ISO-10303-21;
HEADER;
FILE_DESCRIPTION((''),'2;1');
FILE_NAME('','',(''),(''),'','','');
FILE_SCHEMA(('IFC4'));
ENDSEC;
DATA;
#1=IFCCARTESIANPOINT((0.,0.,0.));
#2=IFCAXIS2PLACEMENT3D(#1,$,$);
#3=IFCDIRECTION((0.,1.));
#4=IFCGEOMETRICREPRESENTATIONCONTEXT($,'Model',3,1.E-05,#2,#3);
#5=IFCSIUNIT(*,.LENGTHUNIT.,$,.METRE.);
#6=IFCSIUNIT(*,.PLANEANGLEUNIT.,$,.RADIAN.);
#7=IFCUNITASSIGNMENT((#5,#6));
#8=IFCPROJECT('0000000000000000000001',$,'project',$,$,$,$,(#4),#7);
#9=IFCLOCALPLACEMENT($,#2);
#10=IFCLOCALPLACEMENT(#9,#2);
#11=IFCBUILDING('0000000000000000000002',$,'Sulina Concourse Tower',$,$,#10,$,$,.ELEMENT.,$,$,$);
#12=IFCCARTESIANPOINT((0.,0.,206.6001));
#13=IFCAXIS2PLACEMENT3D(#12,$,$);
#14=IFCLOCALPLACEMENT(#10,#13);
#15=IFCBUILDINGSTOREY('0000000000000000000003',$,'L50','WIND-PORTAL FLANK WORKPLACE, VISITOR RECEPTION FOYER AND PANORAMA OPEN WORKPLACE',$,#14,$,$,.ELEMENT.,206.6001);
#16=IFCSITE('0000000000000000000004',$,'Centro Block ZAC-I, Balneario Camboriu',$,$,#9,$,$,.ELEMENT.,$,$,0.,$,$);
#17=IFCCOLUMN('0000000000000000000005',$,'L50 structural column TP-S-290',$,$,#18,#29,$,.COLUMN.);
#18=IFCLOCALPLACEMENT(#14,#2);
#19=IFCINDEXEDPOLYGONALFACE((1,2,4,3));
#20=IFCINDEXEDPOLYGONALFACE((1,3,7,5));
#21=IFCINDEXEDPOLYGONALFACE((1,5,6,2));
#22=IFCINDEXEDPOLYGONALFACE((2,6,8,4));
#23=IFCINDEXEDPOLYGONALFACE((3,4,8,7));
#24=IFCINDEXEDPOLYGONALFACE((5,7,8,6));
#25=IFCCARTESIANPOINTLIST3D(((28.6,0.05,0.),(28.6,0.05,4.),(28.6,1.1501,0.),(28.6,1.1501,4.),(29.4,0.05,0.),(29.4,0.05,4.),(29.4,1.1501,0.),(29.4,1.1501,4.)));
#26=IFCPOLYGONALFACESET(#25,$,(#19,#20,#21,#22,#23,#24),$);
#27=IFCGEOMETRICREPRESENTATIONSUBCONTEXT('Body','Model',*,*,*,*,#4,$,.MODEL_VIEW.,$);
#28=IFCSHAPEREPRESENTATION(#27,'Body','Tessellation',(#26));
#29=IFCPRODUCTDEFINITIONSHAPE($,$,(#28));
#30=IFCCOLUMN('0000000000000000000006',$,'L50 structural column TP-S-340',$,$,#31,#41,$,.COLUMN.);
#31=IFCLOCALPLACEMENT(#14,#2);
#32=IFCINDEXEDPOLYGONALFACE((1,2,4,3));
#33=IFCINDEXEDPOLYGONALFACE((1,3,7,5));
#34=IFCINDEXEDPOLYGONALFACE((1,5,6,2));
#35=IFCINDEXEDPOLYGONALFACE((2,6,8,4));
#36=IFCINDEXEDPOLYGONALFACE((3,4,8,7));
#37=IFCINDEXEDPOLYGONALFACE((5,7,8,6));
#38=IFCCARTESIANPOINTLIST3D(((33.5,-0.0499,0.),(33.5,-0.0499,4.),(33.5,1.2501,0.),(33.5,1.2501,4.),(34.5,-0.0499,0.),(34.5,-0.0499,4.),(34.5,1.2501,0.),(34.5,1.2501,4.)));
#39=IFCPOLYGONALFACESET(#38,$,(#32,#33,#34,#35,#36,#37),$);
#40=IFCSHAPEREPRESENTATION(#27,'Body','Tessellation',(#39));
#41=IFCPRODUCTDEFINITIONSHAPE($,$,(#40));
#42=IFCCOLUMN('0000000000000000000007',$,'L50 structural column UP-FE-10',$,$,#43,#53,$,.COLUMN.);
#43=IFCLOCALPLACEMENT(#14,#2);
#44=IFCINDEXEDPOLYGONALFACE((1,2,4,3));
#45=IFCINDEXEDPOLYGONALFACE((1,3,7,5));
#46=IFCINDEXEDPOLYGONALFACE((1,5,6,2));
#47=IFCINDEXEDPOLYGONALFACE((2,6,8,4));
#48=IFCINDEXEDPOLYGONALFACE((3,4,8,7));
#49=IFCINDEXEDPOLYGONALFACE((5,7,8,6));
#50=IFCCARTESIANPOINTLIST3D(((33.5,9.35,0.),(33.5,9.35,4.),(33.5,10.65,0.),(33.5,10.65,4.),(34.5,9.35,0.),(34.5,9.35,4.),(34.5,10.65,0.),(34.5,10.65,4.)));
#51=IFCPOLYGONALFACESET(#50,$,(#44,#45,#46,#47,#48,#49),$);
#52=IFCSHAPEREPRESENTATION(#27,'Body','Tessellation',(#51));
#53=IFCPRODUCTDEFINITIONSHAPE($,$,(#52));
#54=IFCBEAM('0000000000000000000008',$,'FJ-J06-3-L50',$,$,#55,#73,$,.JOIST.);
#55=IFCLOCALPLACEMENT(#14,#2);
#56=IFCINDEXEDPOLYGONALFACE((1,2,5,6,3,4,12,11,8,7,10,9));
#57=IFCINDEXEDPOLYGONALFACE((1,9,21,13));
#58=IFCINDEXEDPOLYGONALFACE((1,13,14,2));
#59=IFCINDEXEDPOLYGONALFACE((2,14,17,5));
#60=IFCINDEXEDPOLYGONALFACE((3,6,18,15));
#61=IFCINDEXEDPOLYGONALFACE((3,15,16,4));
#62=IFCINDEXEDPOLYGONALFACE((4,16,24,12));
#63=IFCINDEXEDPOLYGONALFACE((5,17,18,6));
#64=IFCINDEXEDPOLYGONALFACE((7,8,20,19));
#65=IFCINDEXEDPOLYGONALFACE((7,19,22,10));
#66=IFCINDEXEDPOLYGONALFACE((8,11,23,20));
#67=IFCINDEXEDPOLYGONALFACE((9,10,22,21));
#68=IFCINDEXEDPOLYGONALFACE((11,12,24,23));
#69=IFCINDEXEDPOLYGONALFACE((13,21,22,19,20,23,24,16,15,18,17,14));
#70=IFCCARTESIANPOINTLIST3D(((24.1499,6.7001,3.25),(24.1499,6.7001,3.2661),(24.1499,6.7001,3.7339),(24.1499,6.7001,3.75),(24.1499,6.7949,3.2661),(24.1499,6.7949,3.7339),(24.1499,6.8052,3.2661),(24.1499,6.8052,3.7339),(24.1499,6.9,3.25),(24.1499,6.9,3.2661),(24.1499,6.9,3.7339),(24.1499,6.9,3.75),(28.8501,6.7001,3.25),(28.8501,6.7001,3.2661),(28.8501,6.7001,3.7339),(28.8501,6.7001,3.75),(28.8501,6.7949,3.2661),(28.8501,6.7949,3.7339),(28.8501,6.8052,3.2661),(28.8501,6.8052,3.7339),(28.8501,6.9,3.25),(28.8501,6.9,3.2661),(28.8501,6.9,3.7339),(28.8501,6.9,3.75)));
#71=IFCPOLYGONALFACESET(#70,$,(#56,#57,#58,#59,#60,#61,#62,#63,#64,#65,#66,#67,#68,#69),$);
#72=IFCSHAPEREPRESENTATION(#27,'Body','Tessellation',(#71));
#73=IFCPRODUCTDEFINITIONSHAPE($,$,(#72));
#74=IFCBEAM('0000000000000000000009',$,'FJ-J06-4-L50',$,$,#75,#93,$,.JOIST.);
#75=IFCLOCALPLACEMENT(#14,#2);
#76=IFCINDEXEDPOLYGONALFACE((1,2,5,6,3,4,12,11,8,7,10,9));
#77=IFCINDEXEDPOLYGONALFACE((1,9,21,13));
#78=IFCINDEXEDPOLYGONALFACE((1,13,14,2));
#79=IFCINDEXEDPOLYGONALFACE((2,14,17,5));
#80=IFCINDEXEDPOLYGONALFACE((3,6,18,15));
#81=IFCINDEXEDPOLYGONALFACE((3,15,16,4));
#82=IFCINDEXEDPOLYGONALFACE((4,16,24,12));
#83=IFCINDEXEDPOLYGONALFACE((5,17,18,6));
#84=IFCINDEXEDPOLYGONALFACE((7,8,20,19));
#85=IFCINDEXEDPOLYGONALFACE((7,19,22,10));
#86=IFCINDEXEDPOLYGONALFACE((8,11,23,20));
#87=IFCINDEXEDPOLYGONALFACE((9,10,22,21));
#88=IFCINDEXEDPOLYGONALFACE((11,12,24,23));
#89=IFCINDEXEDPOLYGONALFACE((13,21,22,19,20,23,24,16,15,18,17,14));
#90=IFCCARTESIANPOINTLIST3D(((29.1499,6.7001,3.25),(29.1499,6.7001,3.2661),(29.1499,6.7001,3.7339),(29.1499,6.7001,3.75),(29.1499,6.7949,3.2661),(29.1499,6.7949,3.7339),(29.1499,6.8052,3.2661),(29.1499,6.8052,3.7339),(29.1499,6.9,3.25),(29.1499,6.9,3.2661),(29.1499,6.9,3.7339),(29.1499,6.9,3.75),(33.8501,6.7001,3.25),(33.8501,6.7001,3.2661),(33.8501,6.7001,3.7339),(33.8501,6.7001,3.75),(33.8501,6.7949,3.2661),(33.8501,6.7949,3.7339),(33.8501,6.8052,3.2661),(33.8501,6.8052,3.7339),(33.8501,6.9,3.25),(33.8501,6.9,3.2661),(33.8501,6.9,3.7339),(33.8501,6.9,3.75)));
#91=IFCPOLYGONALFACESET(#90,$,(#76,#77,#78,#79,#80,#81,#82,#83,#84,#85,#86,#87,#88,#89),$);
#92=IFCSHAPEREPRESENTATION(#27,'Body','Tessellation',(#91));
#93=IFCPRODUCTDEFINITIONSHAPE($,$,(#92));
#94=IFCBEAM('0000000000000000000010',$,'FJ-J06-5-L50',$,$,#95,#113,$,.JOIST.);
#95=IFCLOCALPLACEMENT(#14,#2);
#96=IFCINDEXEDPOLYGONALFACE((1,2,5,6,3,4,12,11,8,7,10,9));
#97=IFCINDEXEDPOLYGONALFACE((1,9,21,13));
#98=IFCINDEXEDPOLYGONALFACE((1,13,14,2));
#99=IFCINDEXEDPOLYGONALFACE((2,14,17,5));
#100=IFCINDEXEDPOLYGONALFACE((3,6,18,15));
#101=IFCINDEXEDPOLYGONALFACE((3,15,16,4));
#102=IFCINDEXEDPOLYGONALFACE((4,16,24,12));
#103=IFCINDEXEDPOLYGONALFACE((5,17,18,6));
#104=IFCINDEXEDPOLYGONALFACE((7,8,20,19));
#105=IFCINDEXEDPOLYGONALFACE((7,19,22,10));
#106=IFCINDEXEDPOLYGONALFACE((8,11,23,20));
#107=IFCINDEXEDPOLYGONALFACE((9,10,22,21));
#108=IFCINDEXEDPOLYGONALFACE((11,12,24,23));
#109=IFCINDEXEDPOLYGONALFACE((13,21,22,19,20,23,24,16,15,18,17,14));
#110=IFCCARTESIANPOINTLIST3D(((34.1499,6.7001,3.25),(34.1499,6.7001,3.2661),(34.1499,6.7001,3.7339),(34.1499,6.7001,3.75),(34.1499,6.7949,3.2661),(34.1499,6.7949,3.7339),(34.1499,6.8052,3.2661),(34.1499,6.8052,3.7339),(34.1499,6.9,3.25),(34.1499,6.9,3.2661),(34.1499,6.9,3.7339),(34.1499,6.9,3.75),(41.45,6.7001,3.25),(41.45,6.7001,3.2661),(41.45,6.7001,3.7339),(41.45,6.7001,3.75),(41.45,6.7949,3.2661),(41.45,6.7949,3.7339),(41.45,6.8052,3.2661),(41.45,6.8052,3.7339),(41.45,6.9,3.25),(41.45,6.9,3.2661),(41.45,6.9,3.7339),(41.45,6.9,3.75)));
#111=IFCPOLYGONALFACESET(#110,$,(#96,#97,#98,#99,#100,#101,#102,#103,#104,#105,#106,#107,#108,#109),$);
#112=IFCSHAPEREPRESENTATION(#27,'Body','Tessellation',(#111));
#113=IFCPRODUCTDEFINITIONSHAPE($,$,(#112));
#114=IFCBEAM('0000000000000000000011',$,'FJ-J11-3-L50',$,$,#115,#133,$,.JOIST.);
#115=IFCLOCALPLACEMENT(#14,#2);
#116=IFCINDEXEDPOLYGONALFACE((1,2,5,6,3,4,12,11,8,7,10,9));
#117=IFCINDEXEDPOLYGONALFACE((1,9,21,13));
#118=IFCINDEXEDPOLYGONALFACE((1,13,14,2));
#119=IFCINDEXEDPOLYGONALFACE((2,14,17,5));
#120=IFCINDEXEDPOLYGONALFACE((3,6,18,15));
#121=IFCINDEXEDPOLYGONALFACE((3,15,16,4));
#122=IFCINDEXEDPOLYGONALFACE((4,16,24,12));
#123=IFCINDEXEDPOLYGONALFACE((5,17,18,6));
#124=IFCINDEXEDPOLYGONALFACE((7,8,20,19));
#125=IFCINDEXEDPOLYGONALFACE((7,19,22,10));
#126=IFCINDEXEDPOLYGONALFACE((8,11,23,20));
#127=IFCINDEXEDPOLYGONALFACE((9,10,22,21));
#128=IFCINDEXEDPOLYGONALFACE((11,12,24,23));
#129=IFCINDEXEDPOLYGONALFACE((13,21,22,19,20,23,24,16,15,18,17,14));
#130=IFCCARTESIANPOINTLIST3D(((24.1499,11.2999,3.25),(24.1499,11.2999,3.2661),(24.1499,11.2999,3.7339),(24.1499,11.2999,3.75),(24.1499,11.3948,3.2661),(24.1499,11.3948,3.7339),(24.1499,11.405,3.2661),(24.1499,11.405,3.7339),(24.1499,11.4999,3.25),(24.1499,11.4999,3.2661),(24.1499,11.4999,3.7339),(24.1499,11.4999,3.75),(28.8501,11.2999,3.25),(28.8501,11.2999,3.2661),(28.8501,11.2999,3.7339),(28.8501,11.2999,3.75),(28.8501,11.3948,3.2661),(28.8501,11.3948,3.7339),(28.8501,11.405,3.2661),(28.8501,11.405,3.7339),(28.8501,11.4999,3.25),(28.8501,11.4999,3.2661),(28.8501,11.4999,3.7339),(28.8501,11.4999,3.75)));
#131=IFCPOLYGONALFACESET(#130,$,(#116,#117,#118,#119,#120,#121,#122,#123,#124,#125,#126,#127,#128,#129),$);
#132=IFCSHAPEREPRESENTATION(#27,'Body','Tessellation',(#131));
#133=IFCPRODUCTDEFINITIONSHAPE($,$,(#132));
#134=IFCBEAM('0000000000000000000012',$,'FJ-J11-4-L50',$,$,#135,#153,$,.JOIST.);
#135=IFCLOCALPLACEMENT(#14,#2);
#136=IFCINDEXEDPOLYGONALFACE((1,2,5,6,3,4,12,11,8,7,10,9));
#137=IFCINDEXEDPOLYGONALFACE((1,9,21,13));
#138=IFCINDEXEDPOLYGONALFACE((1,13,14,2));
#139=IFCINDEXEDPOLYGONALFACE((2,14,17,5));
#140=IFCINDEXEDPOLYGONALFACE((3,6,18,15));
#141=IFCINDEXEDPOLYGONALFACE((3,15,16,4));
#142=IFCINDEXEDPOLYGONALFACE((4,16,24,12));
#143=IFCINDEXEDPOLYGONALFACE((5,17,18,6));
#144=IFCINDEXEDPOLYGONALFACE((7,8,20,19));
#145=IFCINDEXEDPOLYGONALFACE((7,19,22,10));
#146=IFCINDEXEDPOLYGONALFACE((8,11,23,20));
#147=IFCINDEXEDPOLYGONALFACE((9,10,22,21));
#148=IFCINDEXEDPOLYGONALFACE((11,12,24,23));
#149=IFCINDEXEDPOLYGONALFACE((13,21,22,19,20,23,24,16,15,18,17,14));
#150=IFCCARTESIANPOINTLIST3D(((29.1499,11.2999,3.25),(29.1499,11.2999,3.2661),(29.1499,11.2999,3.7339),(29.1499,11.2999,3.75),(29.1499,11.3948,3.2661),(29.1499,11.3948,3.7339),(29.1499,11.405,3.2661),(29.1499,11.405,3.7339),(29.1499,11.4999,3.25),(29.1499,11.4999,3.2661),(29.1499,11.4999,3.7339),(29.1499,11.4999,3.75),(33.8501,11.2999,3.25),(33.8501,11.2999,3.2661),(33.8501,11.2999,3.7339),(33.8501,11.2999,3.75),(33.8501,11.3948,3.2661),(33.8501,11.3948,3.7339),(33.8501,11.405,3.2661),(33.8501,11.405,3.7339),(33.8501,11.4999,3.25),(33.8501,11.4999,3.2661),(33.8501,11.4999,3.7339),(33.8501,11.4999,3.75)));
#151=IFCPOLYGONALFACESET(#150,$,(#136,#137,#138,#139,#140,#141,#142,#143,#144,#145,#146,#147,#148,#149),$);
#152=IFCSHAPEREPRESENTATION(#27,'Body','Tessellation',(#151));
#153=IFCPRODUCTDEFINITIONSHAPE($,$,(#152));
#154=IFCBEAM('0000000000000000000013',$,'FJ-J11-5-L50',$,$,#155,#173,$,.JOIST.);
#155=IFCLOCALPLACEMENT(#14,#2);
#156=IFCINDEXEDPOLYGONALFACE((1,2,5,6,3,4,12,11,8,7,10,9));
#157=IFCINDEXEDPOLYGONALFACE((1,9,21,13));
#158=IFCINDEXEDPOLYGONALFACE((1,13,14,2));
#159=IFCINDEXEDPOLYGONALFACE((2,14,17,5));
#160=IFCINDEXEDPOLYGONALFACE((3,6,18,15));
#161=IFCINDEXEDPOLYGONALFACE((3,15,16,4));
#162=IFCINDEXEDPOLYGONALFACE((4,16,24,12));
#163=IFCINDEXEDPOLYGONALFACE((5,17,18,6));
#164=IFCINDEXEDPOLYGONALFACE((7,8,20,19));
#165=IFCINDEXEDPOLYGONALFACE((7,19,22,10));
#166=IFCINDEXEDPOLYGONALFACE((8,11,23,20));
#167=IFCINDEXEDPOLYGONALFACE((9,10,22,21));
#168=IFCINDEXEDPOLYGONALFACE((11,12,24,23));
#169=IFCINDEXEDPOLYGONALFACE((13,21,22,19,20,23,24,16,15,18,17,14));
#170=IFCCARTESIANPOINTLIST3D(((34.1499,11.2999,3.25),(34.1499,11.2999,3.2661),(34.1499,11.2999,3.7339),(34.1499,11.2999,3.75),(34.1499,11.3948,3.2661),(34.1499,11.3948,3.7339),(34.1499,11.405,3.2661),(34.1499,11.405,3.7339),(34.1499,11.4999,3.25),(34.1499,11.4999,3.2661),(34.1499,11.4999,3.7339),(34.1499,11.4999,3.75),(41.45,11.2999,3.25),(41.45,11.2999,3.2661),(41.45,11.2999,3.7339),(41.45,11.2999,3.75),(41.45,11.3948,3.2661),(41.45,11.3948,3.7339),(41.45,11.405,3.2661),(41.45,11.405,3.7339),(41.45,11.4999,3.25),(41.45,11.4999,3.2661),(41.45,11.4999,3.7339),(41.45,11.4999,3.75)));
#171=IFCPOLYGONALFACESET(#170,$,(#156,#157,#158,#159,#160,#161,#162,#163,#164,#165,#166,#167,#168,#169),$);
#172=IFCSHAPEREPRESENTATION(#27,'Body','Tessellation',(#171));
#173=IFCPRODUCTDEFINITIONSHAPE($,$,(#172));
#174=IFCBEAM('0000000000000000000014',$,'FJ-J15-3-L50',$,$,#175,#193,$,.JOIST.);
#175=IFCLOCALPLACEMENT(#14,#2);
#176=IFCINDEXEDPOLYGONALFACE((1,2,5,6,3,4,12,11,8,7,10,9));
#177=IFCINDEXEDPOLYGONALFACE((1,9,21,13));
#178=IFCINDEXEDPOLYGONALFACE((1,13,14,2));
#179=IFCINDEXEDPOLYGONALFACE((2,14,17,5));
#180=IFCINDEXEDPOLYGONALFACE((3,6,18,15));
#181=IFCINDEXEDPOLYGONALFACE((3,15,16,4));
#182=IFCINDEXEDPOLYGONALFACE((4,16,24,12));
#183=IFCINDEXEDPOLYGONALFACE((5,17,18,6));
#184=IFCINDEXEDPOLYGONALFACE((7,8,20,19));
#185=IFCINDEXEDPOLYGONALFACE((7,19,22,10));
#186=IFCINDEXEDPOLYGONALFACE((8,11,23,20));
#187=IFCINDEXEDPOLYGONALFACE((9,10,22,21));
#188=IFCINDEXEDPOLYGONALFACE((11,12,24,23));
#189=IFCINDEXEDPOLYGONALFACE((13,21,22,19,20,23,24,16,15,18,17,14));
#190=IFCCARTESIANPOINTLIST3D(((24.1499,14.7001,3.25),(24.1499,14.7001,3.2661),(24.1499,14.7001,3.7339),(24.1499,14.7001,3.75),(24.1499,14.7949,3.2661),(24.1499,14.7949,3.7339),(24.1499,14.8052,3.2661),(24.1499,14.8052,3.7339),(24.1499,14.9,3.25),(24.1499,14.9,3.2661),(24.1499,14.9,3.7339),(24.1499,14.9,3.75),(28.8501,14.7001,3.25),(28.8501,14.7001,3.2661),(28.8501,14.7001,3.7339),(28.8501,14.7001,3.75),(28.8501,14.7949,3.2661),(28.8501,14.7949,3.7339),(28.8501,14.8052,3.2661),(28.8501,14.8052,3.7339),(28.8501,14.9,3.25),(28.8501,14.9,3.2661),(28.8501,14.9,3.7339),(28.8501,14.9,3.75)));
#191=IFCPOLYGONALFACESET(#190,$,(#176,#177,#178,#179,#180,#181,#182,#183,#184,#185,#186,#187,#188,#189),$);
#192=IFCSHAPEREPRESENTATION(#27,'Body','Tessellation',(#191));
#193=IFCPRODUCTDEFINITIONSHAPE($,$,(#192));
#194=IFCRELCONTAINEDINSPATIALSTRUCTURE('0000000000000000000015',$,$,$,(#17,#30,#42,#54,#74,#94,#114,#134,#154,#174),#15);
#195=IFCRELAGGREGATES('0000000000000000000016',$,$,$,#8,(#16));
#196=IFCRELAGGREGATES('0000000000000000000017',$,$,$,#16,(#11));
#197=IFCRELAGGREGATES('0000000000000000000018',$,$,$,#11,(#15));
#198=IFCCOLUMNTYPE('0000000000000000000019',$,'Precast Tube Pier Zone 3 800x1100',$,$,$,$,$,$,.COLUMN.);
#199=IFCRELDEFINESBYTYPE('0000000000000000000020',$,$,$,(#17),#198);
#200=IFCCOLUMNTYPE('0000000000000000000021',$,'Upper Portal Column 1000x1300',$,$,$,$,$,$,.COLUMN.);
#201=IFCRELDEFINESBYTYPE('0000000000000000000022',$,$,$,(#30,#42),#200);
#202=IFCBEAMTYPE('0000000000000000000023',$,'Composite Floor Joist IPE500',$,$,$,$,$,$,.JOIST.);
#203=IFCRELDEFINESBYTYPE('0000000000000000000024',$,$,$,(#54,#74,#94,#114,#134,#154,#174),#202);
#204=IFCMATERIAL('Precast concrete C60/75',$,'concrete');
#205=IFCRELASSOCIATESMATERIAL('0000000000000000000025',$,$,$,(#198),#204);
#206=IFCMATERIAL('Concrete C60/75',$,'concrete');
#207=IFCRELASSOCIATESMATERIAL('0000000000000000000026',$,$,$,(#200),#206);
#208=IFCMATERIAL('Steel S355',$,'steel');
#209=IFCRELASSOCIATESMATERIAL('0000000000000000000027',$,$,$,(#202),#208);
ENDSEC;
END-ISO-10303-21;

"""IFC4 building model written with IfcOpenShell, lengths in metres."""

from ifc_helpers import new_model, si_unit, direction, frame, origin, origin_2d, place, context, subcontext, project, spatial, rectangle, i_section, extrude, material, material_profile, profile_set, type_object, element, save


model = new_model("IFC4")

# Units and contexts
model_context = context("Model", 3, precision=1e-05, world=origin(), true_north=direction((0.0, 1.0)))
body_context = subcontext(model_context, "Body", "Model", "MODEL_VIEW")
ifc_project = project(units=[si_unit("LENGTHUNIT", "METRE"), si_unit("PLANEANGLEUNIT", "RADIAN")], contexts=[model_context])

# Site, building, storey
site_placement = place(None, origin())
site = spatial("IfcSite", under=ifc_project, at=site_placement, Name="Centro Block ZAC-I, Balneario Camboriu", CompositionType="ELEMENT", RefElevation=0.0)
building_placement = place(site_placement, origin())
building = spatial("IfcBuilding", under=site, at=building_placement, Name="Sulina Concourse Tower", CompositionType="ELEMENT")
storey_placement = place(building_placement, frame((0.0, 0.0, 206.6001)))
storey = spatial("IfcBuildingStorey", under=building, at=storey_placement, Name="L50", Description="WIND-PORTAL FLANK WORKPLACE, VISITOR RECEPTION FOYER AND PANORAMA OPEN WORKPLACE", CompositionType="ELEMENT", Elevation=206.6001)

# Columns
ifc_material_1 = material(Name="Precast concrete C60/75", Category="concrete")
ifc_material_profile_1 = material_profile(ifc_material_1, rectangle(XDim=0.8, YDim=1.1001, at=origin_2d()), Name="PC 800x1100")
ifc_profile_set_1 = profile_set([ifc_material_profile_1], Name="Precast concrete C60/75")
column_type_1 = type_object("IfcColumnType", Name="Precast Tube Pier Zone 3 800x1100", PredefinedType="COLUMN", material=ifc_profile_set_1)
column_placement = place(storey_placement, frame((29.0, 0.6001, 0.0), z_axis=(0.0, 0.0, 1.0), x_axis=(1.0, 0.0, 0.0)))
element("IfcColumn", 1, at=column_placement, inside=storey, type_object=column_type_1, Name="L50 structural column TP-S-290", PredefinedType="COLUMN", context=body_context, shape_type="SweptSolid", body=[
    extrude(rectangle(XDim=0.8, YDim=1.1001, at=origin_2d()), origin(), (0.0, 0.0, 1.0), 4.0),
])
ifc_material_2 = material(Name="Concrete C60/75", Category="concrete")
ifc_material_profile_2 = material_profile(ifc_material_2, rectangle(XDim=1.0, YDim=1.3, at=origin_2d()), Name="RC 1000x1300")
ifc_profile_set_2 = profile_set([ifc_material_profile_2], Name="Concrete C60/75")
column_type_2 = type_object("IfcColumnType", Name="Upper Portal Column 1000x1300", PredefinedType="COLUMN", material=ifc_profile_set_2)
for number, where, z_axis, x_axis, name in (
    (2, (34.0, 0.6001, 0.0), (0.0, 0.0, 1.0), (1.0, 0.0, 0.0), "L50 structural column TP-S-340"),
    (3, (34.0, 10.0, 0.0), (0.0, 0.0, 1.0), (1.0, 0.0, 0.0), "L50 structural column UP-FE-10"),
):
    element("IfcColumn", number, at=place(storey_placement, frame(where, z_axis=z_axis, x_axis=x_axis)), inside=storey, type_object=column_type_2, Name=name, PredefinedType="COLUMN", context=body_context, shape_type="SweptSolid", body=[
        extrude(rectangle(XDim=1.0, YDim=1.3, at=origin_2d()), origin(), (0.0, 0.0, 1.0), 4.0),
    ])

# Beams
ifc_material_3 = material(Name="Steel S355", Category="steel")
ifc_material_profile_3 = material_profile(ifc_material_3, i_section(OverallWidth=0.2, OverallDepth=0.5, WebThickness=0.0103, FlangeThickness=0.0161, at=origin_2d()), Name="IPE 500")
ifc_profile_set_3 = profile_set([ifc_material_profile_3], Name="Steel S355")
beam_type_1 = type_object("IfcBeamType", Name="Composite Floor Joist IPE500", PredefinedType="JOIST", material=ifc_profile_set_3)
for number, where, z_axis, x_axis, name in (
    (4, (24.1499, 6.8, 3.5), (1.0, 0.0, 0.0), (0.0, 1.0, 0.0), "FJ-J06-3-L50"),
    (5, (29.1499, 6.8, 3.5), (1.0, 0.0, 0.0), (0.0, 1.0, 0.0), "FJ-J06-4-L50"),
):
    element("IfcBeam", number, at=place(storey_placement, frame(where, z_axis=z_axis, x_axis=x_axis)), inside=storey, type_object=beam_type_1, Name=name, PredefinedType="JOIST", context=body_context, shape_type="SweptSolid", body=[
        extrude(i_section(OverallWidth=0.2, OverallDepth=0.5, WebThickness=0.0103, FlangeThickness=0.0161, at=origin_2d()), origin(), (0.0, 0.0, 1.0), 4.7002),
    ])
beam_1_placement = place(storey_placement, frame((34.1499, 6.8, 3.5), z_axis=(1.0, 0.0, 0.0), x_axis=(0.0, 1.0, 0.0)))
element("IfcBeam", 6, at=beam_1_placement, inside=storey, type_object=beam_type_1, Name="FJ-J06-5-L50", PredefinedType="JOIST", context=body_context, shape_type="SweptSolid", body=[
    extrude(i_section(OverallWidth=0.2, OverallDepth=0.5, WebThickness=0.0103, FlangeThickness=0.0161, at=origin_2d()), origin(), (0.0, 0.0, 1.0), 7.3),
])
for number, where, z_axis, x_axis, name in (
    (7, (24.1499, 11.3999, 3.5), (1.0, 0.0, 0.0), (0.0, 1.0, 0.0), "FJ-J11-3-L50"),
    (8, (29.1499, 11.3999, 3.5), (1.0, 0.0, 0.0), (0.0, 1.0, 0.0), "FJ-J11-4-L50"),
):
    element("IfcBeam", number, at=place(storey_placement, frame(where, z_axis=z_axis, x_axis=x_axis)), inside=storey, type_object=beam_type_1, Name=name, PredefinedType="JOIST", context=body_context, shape_type="SweptSolid", body=[
        extrude(i_section(OverallWidth=0.2, OverallDepth=0.5, WebThickness=0.0103, FlangeThickness=0.0161, at=origin_2d()), origin(), (0.0, 0.0, 1.0), 4.7002),
    ])
beam_2_placement = place(storey_placement, frame((34.1499, 11.3999, 3.5), z_axis=(1.0, 0.0, 0.0), x_axis=(0.0, 1.0, 0.0)))
element("IfcBeam", 9, at=beam_2_placement, inside=storey, type_object=beam_type_1, Name="FJ-J11-5-L50", PredefinedType="JOIST", context=body_context, shape_type="SweptSolid", body=[
    extrude(i_section(OverallWidth=0.2, OverallDepth=0.5, WebThickness=0.0103, FlangeThickness=0.0161, at=origin_2d()), origin(), (0.0, 0.0, 1.0), 7.3),
])
for number, where, z_axis, x_axis, name in (
    (10, (24.1499, 14.8, 3.5), (1.0, 0.0, 0.0), (0.0, 1.0, 0.0), "FJ-J15-3-L50"),
):
    element("IfcBeam", number, at=place(storey_placement, frame(where, z_axis=z_axis, x_axis=x_axis)), inside=storey, type_object=beam_type_1, Name=name, PredefinedType="JOIST", context=body_context, shape_type="SweptSolid", body=[
        extrude(i_section(OverallWidth=0.2, OverallDepth=0.5, WebThickness=0.0103, FlangeThickness=0.0161, at=origin_2d()), origin(), (0.0, 0.0, 1.0), 4.7002),
    ])

save(model, "model.ifc")
